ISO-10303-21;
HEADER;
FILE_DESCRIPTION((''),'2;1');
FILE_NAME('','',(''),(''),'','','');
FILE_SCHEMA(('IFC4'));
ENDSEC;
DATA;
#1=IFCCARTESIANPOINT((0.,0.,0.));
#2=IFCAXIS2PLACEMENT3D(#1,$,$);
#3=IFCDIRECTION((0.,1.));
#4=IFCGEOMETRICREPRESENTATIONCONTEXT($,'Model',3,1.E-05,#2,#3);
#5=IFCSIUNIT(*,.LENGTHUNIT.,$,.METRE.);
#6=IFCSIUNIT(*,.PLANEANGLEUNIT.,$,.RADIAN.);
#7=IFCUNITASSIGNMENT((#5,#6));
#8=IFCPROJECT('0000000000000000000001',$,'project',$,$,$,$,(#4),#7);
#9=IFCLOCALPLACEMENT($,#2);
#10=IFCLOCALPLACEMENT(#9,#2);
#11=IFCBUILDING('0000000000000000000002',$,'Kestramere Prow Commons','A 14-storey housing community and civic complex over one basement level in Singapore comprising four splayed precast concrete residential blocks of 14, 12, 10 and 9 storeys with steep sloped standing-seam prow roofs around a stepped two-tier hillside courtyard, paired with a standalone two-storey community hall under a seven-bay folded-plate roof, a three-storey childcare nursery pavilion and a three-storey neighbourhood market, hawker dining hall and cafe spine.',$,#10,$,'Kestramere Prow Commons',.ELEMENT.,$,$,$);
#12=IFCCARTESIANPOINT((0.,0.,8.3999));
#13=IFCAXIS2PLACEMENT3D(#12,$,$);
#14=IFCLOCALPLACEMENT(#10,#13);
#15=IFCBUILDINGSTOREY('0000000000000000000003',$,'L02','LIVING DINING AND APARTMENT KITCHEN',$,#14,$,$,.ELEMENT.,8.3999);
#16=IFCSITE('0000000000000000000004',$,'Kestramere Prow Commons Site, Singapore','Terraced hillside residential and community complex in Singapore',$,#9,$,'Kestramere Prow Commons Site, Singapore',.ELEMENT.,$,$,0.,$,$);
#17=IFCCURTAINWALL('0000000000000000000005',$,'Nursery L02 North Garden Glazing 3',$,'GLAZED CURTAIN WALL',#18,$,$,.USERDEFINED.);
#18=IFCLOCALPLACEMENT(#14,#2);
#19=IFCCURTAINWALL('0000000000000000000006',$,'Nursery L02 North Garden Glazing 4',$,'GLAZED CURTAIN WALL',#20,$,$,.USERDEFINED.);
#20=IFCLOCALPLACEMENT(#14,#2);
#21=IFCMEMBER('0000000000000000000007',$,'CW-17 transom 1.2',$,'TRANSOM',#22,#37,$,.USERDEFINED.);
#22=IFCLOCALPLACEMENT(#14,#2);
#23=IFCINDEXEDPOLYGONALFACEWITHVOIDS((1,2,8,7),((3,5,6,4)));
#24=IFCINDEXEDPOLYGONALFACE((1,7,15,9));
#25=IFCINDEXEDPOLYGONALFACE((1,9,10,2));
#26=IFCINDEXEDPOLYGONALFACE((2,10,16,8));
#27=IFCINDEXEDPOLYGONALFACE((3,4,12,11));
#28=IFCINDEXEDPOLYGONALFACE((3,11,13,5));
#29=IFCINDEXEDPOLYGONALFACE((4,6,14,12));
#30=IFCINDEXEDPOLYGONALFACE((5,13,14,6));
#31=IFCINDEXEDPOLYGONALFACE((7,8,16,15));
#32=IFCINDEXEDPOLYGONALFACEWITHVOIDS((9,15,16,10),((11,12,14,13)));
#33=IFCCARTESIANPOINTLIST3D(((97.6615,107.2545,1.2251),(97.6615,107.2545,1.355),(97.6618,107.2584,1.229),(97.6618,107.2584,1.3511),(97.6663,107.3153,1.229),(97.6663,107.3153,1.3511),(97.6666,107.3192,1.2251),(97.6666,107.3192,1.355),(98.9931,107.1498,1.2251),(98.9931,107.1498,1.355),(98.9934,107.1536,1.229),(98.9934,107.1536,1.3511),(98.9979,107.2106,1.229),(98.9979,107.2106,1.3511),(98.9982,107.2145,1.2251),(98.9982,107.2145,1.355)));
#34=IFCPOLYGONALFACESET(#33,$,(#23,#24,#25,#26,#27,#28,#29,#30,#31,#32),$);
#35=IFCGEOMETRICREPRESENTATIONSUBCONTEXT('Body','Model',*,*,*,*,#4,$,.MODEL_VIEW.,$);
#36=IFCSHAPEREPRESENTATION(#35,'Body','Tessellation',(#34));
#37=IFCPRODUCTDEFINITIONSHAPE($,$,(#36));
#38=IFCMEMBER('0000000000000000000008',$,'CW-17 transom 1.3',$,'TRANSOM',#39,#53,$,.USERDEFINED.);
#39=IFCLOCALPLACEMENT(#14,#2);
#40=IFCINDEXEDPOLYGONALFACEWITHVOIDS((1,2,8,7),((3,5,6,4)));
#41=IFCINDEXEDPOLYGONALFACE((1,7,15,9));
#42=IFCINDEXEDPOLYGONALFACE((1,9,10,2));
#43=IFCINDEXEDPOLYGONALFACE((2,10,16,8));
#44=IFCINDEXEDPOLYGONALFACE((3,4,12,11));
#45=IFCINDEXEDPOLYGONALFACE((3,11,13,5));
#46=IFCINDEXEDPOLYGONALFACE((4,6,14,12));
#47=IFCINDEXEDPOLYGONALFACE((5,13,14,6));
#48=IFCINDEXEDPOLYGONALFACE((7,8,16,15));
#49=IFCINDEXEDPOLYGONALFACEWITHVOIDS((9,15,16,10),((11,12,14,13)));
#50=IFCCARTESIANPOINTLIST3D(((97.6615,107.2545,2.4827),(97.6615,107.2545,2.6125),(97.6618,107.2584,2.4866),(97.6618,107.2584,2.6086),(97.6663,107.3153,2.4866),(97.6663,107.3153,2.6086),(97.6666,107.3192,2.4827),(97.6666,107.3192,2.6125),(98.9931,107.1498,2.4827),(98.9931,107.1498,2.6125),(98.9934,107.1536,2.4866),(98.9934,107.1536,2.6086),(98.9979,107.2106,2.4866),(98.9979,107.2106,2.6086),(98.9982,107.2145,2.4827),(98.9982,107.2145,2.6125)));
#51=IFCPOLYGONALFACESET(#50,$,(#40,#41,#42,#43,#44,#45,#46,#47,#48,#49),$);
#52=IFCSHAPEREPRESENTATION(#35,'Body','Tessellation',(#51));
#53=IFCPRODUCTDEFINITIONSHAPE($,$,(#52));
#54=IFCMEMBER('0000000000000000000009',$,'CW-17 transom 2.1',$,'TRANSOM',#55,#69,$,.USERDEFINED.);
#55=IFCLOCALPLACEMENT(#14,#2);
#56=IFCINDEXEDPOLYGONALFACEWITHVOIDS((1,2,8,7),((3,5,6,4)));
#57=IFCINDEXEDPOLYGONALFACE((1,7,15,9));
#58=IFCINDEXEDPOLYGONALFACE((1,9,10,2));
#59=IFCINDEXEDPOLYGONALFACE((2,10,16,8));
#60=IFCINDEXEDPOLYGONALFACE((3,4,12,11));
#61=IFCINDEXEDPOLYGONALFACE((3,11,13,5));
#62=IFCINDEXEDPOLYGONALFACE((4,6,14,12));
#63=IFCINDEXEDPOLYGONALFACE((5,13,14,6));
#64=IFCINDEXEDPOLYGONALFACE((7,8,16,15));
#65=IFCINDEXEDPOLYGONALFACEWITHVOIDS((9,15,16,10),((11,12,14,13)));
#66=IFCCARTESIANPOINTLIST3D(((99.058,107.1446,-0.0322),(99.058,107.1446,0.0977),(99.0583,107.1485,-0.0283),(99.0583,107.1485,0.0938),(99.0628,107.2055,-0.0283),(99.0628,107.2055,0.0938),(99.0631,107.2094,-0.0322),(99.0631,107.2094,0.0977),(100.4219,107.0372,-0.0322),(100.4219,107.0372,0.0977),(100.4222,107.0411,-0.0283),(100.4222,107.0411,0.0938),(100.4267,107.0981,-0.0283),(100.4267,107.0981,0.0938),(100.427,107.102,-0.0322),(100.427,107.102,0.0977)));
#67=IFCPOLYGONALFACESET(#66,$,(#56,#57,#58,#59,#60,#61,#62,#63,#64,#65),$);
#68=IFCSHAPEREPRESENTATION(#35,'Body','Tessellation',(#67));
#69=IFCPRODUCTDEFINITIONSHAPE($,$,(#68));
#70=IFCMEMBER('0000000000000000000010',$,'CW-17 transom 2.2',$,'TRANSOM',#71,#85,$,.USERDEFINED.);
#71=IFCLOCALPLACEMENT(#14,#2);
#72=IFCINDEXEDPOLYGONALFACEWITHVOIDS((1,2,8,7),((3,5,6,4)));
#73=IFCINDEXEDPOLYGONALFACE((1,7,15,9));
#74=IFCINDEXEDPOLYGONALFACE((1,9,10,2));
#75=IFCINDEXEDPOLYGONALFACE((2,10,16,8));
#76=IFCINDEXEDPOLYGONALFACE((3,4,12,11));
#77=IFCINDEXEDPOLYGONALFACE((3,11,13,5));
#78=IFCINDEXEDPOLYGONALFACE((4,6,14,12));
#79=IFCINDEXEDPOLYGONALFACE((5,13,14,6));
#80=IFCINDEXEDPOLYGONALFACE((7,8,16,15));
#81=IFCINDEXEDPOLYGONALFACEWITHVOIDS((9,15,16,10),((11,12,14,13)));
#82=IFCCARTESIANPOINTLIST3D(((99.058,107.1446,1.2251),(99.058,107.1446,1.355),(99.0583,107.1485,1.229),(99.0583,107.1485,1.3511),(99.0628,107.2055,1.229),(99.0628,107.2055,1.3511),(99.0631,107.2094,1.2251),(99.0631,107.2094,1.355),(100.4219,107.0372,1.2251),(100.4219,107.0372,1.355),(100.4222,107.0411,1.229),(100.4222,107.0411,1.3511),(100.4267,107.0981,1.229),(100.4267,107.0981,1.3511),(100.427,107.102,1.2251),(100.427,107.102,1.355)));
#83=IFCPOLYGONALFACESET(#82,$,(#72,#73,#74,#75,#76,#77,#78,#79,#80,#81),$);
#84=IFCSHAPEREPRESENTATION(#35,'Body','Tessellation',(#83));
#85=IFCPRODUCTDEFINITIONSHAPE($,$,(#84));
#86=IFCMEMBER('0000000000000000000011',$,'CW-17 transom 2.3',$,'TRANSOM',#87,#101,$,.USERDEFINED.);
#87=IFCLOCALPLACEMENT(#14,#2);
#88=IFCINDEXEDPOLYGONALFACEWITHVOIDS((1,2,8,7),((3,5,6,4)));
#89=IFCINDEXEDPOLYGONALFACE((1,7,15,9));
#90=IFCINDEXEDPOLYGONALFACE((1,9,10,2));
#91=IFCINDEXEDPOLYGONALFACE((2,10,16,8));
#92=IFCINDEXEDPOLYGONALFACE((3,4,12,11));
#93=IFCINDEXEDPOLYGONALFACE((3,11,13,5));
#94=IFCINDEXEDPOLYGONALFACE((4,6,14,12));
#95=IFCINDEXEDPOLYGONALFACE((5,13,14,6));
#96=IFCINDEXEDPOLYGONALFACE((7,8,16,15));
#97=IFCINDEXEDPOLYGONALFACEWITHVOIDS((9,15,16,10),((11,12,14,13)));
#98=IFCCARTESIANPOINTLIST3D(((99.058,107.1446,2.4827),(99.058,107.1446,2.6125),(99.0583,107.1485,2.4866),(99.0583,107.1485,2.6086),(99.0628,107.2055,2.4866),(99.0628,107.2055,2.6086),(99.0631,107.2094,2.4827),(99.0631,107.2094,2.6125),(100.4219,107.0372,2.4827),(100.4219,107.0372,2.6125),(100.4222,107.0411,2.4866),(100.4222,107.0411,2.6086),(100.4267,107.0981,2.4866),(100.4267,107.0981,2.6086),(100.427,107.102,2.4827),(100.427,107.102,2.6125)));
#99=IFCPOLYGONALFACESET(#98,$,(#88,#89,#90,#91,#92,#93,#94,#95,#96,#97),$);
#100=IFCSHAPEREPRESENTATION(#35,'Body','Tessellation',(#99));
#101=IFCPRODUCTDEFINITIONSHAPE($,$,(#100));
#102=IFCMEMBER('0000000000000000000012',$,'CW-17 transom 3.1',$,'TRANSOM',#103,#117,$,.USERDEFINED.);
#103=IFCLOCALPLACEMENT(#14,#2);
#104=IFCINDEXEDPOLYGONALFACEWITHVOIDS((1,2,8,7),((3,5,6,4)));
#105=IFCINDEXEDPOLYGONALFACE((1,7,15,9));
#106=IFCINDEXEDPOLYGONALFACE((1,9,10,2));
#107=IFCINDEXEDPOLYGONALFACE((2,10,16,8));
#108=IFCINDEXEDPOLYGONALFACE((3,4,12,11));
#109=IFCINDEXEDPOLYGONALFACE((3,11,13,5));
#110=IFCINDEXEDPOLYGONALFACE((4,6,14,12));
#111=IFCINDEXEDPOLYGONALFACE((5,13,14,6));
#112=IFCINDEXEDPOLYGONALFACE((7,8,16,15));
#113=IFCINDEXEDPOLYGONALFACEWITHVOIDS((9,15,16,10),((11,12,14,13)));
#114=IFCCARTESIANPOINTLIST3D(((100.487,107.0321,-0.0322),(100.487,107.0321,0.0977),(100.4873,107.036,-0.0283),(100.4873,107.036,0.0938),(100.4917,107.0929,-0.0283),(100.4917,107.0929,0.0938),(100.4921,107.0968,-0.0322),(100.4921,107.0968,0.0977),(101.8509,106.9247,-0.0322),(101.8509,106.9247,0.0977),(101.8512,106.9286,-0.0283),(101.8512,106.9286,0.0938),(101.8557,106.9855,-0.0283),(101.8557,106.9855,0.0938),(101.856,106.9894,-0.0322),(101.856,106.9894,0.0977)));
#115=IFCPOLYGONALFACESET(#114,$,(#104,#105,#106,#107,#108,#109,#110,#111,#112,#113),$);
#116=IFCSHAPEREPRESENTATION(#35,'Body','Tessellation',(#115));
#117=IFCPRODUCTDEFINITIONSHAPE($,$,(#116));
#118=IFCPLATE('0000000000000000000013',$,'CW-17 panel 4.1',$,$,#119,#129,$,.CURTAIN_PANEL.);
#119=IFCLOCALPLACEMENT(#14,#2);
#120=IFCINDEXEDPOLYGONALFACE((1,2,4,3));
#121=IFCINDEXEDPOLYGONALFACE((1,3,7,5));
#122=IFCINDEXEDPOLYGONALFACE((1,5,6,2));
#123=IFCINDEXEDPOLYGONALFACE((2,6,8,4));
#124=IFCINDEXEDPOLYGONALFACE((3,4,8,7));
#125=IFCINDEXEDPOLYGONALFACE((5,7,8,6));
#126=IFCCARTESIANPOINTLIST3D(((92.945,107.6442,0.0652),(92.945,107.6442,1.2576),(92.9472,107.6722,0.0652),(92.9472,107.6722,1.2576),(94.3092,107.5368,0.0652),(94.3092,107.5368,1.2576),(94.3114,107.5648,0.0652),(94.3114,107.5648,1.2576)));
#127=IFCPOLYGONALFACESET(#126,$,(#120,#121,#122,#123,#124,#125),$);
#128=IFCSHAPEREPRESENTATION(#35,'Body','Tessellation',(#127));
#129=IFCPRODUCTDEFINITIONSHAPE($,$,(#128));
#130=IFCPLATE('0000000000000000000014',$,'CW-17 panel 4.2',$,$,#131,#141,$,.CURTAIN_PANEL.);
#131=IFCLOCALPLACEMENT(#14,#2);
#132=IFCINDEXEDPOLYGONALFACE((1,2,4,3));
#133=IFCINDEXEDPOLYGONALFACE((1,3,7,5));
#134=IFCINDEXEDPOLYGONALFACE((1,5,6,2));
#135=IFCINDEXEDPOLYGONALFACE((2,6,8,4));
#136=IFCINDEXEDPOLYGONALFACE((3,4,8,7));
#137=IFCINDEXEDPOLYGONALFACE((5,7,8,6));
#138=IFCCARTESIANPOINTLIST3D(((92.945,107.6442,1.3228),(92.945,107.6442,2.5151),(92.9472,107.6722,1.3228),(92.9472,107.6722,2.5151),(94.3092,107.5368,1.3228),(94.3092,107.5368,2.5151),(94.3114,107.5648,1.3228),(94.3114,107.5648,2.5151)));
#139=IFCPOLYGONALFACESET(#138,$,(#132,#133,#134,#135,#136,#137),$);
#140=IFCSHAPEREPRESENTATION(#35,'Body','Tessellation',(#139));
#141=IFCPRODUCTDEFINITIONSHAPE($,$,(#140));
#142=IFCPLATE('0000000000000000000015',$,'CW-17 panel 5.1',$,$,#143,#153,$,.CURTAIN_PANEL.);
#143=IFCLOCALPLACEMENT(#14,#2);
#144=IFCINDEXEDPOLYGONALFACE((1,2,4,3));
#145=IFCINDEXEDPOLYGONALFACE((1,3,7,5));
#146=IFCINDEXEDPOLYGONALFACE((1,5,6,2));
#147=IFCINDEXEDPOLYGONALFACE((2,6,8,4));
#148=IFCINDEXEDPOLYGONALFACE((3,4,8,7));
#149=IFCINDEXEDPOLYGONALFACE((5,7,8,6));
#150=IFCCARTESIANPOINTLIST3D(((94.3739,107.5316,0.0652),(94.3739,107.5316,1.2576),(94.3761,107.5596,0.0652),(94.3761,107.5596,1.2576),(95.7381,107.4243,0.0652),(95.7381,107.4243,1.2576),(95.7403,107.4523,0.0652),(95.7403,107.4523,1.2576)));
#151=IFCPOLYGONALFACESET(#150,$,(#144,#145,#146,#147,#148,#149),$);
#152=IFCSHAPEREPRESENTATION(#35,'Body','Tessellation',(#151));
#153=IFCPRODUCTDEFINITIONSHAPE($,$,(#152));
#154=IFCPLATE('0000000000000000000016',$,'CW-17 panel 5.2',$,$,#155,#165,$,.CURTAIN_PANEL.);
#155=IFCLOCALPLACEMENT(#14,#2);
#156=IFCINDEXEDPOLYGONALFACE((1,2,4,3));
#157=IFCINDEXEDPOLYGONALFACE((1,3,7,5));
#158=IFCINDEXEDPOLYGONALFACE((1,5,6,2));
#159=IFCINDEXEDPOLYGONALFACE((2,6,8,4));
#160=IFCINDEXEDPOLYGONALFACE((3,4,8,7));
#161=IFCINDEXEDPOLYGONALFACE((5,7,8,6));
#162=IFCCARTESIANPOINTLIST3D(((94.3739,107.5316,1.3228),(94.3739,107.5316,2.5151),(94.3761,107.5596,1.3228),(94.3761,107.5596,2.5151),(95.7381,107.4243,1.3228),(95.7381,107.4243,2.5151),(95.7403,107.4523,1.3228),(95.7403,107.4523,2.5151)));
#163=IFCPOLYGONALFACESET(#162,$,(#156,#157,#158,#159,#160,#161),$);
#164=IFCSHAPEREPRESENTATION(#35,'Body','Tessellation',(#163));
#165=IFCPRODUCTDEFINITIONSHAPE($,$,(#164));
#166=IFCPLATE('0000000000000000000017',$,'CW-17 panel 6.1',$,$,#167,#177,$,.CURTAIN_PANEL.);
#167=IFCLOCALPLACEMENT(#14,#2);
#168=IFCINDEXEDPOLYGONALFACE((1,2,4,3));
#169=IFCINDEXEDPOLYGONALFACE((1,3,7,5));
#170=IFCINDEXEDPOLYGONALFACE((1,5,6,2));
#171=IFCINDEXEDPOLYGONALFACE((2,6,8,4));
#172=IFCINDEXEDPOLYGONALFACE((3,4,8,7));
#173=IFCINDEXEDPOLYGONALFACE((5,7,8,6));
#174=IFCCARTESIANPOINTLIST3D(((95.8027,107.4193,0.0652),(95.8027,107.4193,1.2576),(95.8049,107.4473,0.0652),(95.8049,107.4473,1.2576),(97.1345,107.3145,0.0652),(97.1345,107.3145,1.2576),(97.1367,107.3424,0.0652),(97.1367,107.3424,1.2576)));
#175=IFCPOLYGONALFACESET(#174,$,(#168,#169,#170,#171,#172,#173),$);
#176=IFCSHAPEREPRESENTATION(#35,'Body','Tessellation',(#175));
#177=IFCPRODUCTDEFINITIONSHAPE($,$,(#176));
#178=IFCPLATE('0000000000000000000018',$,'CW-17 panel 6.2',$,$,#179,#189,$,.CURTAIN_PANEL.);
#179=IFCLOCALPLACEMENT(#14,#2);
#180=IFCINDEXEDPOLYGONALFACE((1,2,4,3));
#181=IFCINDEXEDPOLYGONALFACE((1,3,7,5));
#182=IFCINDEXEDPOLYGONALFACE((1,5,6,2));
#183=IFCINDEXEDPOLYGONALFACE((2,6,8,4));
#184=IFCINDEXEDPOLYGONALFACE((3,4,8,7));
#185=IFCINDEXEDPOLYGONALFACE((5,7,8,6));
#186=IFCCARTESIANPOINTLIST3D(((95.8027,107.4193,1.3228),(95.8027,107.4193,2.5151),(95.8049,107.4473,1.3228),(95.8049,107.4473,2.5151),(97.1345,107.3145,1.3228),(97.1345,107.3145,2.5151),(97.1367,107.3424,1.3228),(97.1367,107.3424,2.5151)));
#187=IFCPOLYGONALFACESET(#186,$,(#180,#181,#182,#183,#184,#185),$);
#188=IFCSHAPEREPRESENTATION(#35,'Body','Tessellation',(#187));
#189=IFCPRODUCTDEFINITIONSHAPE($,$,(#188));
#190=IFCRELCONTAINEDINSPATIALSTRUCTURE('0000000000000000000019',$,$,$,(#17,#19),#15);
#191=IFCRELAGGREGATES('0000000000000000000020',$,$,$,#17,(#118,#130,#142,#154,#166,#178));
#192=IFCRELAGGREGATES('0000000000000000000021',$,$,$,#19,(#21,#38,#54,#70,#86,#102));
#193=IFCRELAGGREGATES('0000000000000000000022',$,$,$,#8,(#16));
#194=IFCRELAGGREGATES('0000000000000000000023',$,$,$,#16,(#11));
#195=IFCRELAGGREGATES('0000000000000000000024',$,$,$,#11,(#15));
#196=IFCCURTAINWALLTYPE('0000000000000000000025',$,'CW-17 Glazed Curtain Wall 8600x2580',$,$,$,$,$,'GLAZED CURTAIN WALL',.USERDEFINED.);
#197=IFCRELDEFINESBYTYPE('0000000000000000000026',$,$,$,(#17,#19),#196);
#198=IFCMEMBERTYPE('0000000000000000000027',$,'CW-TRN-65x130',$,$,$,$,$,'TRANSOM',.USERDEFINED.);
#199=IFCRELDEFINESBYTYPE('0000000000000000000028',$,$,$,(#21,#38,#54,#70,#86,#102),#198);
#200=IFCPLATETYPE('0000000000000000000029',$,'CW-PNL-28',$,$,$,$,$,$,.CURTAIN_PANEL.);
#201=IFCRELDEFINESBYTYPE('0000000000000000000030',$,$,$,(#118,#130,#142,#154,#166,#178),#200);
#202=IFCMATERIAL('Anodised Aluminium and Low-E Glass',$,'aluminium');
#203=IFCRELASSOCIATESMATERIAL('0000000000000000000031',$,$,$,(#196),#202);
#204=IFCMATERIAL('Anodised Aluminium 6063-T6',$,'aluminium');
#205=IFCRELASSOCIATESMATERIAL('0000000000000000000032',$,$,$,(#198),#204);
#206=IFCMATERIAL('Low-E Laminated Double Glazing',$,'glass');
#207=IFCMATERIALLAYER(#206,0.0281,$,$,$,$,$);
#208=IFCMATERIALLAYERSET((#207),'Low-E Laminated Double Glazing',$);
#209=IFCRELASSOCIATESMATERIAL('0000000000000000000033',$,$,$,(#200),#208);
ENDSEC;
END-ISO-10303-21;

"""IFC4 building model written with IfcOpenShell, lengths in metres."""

from ifc_helpers import new_model, si_unit, direction, frame, origin, origin_2d, place, context, subcontext, project, spatial, rectangle, hollow_rectangle, extrude, material, layer, layer_set, material_profile, profile_set, type_object, element, aggregate, save


model = new_model("IFC4")

# Units and contexts
model_context = context("Model", 3, precision=1e-05, world=origin(), true_north=direction((0.0, 1.0)))
body_context = subcontext(model_context, "Body", "Model", "MODEL_VIEW")
ifc_project = project(units=[si_unit("LENGTHUNIT", "METRE"), si_unit("PLANEANGLEUNIT", "RADIAN")], contexts=[model_context])

# Site, building, storey
site_placement = place(None, origin())
site = spatial("IfcSite", under=ifc_project, at=site_placement, Name="Kestramere Prow Commons Site, Singapore", Description="Terraced hillside residential and community complex in Singapore", LongName="Kestramere Prow Commons Site, Singapore", CompositionType="ELEMENT", RefElevation=0.0)
building_placement = place(site_placement, origin())
building = spatial("IfcBuilding", under=site, at=building_placement, Name="Kestramere Prow Commons", Description="A 14-storey housing community and civic complex over one basement level in Singapore comprising four splayed precast concrete residential blocks of 14, 12, 10 and 9 storeys with steep sloped standing-seam prow roofs around a stepped two-tier hillside courtyard, paired with a standalone two-storey community hall under a seven-bay folded-plate roof, a three-storey childcare nursery pavilion and a three-storey neighbourhood market, hawker dining hall and cafe spine.", LongName="Kestramere Prow Commons", CompositionType="ELEMENT")
storey_placement = place(building_placement, frame((0.0, 0.0, 8.3999)))
storey = spatial("IfcBuildingStorey", under=building, at=storey_placement, Name="L02", Description="LIVING DINING AND APARTMENT KITCHEN", CompositionType="ELEMENT", Elevation=8.3999)

# Curtain walls
ifc_material_1 = material(Name="Anodised Aluminium and Low-E Glass", Category="aluminium")
curtain_wall_type = type_object("IfcCurtainWallType", Name="CW-17 Glazed Curtain Wall 8600x2580", ElementType="GLAZED CURTAIN WALL", PredefinedType="USERDEFINED", material=ifc_material_1)
curtain_wall_1_placement = place(storey_placement, origin())
curtain_wall_1 = element("IfcCurtainWall", 1, at=curtain_wall_1_placement, inside=storey, type_object=curtain_wall_type, Name="Nursery L02 North Garden Glazing 3", ObjectType="GLAZED CURTAIN WALL", PredefinedType="USERDEFINED")
ifc_material_2 = material(Name="Anodised Aluminium 6063-T6", Category="aluminium")
curtain_wall_2_placement = place(storey_placement, origin())
curtain_wall_2 = element("IfcCurtainWall", 2, at=curtain_wall_2_placement, inside=storey, type_object=curtain_wall_type, Name="Nursery L02 North Garden Glazing 4", ObjectType="GLAZED CURTAIN WALL", PredefinedType="USERDEFINED")

# Members
ifc_material_profile_1 = material_profile(ifc_material_2, hollow_rectangle(XDim=0.0649, YDim=0.1299, WallThickness=0.0039, at=origin_2d()), Name="ALU-TRN 65x130")
ifc_profile_set_1 = profile_set([ifc_material_profile_1], Name="Anodised Aluminium 6063-T6")
member_type_1 = type_object("IfcMemberType", Name="CW-TRN-65x130", ElementType="TRANSOM", PredefinedType="USERDEFINED", material=ifc_profile_set_1)
member_1_placement = place(storey_placement, frame((97.6641, 107.2869, 1.29), z_axis=(0.996921, -0.078416, 0.0), x_axis=(0.078416, 0.996921, 0.0)))
member_1 = element("IfcMember", 3, at=member_1_placement, type_object=member_type_1, Name="CW-17 transom 1.2", ObjectType="TRANSOM", PredefinedType="USERDEFINED", context=body_context, shape_type="SweptSolid", body=[
    extrude(hollow_rectangle(XDim=0.0649, YDim=0.1299, WallThickness=0.0039, at=origin_2d()), origin(), (0.0, 0.0, 1.0), 1.3357),
])
member_2_placement = place(storey_placement, frame((97.6641, 107.2869, 2.5476), z_axis=(0.996921, -0.078416, 0.0), x_axis=(0.078416, 0.996921, 0.0)))
member_2 = element("IfcMember", 4, at=member_2_placement, type_object=member_type_1, Name="CW-17 transom 1.3", ObjectType="TRANSOM", PredefinedType="USERDEFINED", context=body_context, shape_type="SweptSolid", body=[
    extrude(hollow_rectangle(XDim=0.0649, YDim=0.1299, WallThickness=0.0039, at=origin_2d()), origin(), (0.0, 0.0, 1.0), 1.3357),
])
member_3_placement = place(storey_placement, frame((99.0605, 107.177, 0.0327), z_axis=(0.996913, -0.078511, 0.0), x_axis=(0.078511, 0.996913, 0.0)))
member_3 = element("IfcMember", 5, at=member_3_placement, type_object=member_type_1, Name="CW-17 transom 2.1", ObjectType="TRANSOM", PredefinedType="USERDEFINED", context=body_context, shape_type="SweptSolid", body=[
    extrude(hollow_rectangle(XDim=0.0649, YDim=0.1299, WallThickness=0.0039, at=origin_2d()), origin(), (0.0, 0.0, 1.0), 1.3682),
])
member_4_placement = place(storey_placement, frame((99.0605, 107.177, 1.29), z_axis=(0.996913, -0.078511, 0.0), x_axis=(0.078511, 0.996913, 0.0)))
member_4 = element("IfcMember", 6, at=member_4_placement, type_object=member_type_1, Name="CW-17 transom 2.2", ObjectType="TRANSOM", PredefinedType="USERDEFINED", context=body_context, shape_type="SweptSolid", body=[
    extrude(hollow_rectangle(XDim=0.0649, YDim=0.1299, WallThickness=0.0039, at=origin_2d()), origin(), (0.0, 0.0, 1.0), 1.3682),
])
member_5_placement = place(storey_placement, frame((99.0605, 107.177, 2.5476), z_axis=(0.996913, -0.078511, 0.0), x_axis=(0.078511, 0.996913, 0.0)))
member_5 = element("IfcMember", 7, at=member_5_placement, type_object=member_type_1, Name="CW-17 transom 2.3", ObjectType="TRANSOM", PredefinedType="USERDEFINED", context=body_context, shape_type="SweptSolid", body=[
    extrude(hollow_rectangle(XDim=0.0649, YDim=0.1299, WallThickness=0.0039, at=origin_2d()), origin(), (0.0, 0.0, 1.0), 1.3682),
])
member_6_placement = place(storey_placement, frame((100.4895, 107.0645, 0.0327), z_axis=(0.996913, -0.078511, 0.0), x_axis=(0.078511, 0.996913, 0.0)))
member_6 = element("IfcMember", 8, at=member_6_placement, type_object=member_type_1, Name="CW-17 transom 3.1", ObjectType="TRANSOM", PredefinedType="USERDEFINED", context=body_context, shape_type="SweptSolid", body=[
    extrude(hollow_rectangle(XDim=0.0649, YDim=0.1299, WallThickness=0.0039, at=origin_2d()), origin(), (0.0, 0.0, 1.0), 1.3682),
])

# Plates
ifc_material_3 = material(Name="Low-E Laminated Double Glazing", Category="glass")
ifc_layer = layer(ifc_material_3, 0.0281)
ifc_layer_set = layer_set([ifc_layer], Name="Low-E Laminated Double Glazing")
plate_type = type_object("IfcPlateType", Name="CW-PNL-28", PredefinedType="CURTAIN_PANEL", material=ifc_layer_set)
plate_1_placement = place(storey_placement, frame((93.6282, 107.6045, 0.0652), z_axis=(0.0, 0.0, 1.0), x_axis=(0.996917, -0.078459, 0.0)))
plate_1 = element("IfcPlate", 9, at=plate_1_placement, type_object=plate_type, Name="CW-17 panel 4.1", PredefinedType="CURTAIN_PANEL", context=body_context, shape_type="SweptSolid", body=[
    extrude(rectangle(XDim=1.3684, YDim=0.0281, at=origin_2d()), origin(), (0.0, 0.0, 1.0), 1.1924),
])
plate_2_placement = place(storey_placement, frame((93.6282, 107.6045, 1.3228), z_axis=(0.0, 0.0, 1.0), x_axis=(0.996917, -0.078459, 0.0)))
plate_2 = element("IfcPlate", 10, at=plate_2_placement, type_object=plate_type, Name="CW-17 panel 4.2", PredefinedType="CURTAIN_PANEL", context=body_context, shape_type="SweptSolid", body=[
    extrude(rectangle(XDim=1.3684, YDim=0.0281, at=origin_2d()), origin(), (0.0, 0.0, 1.0), 1.1924),
])
plate_3_placement = place(storey_placement, frame((95.0571, 107.4919, 0.0652), z_axis=(0.0, 0.0, 1.0), x_axis=(0.996917, -0.078459, 0.0)))
plate_3 = element("IfcPlate", 11, at=plate_3_placement, type_object=plate_type, Name="CW-17 panel 5.1", PredefinedType="CURTAIN_PANEL", context=body_context, shape_type="SweptSolid", body=[
    extrude(rectangle(XDim=1.3684, YDim=0.0281, at=origin_2d()), origin(), (0.0, 0.0, 1.0), 1.1924),
])
plate_4_placement = place(storey_placement, frame((95.0571, 107.4919, 1.3228), z_axis=(0.0, 0.0, 1.0), x_axis=(0.996917, -0.078459, 0.0)))
plate_4 = element("IfcPlate", 12, at=plate_4_placement, type_object=plate_type, Name="CW-17 panel 5.2", PredefinedType="CURTAIN_PANEL", context=body_context, shape_type="SweptSolid", body=[
    extrude(rectangle(XDim=1.3684, YDim=0.0281, at=origin_2d()), origin(), (0.0, 0.0, 1.0), 1.1924),
])
plate_5_placement = place(storey_placement, frame((96.4697, 107.3809, 0.0652), z_axis=(0.0, 0.0, 1.0), x_axis=(0.996917, -0.078459, 0.0)))
plate_5 = element("IfcPlate", 13, at=plate_5_placement, type_object=plate_type, Name="CW-17 panel 6.1", PredefinedType="CURTAIN_PANEL", context=body_context, shape_type="SweptSolid", body=[
    extrude(rectangle(XDim=1.3359, YDim=0.0281, at=origin_2d()), origin(), (0.0, 0.0, 1.0), 1.1924),
])
plate_6_placement = place(storey_placement, frame((96.4697, 107.3809, 1.3228), z_axis=(0.0, 0.0, 1.0), x_axis=(0.996917, -0.078459, 0.0)))
plate_6 = element("IfcPlate", 14, at=plate_6_placement, type_object=plate_type, Name="CW-17 panel 6.2", PredefinedType="CURTAIN_PANEL", context=body_context, shape_type="SweptSolid", body=[
    extrude(rectangle(XDim=1.3359, YDim=0.0281, at=origin_2d()), origin(), (0.0, 0.0, 1.0), 1.1924),
])
aggregate(curtain_wall_1, [plate_1, plate_2, plate_3, plate_4, plate_5, plate_6])
aggregate(curtain_wall_2, [member_1, member_2, member_3, member_4, member_5, member_6])

save(model, "model.ifc")
